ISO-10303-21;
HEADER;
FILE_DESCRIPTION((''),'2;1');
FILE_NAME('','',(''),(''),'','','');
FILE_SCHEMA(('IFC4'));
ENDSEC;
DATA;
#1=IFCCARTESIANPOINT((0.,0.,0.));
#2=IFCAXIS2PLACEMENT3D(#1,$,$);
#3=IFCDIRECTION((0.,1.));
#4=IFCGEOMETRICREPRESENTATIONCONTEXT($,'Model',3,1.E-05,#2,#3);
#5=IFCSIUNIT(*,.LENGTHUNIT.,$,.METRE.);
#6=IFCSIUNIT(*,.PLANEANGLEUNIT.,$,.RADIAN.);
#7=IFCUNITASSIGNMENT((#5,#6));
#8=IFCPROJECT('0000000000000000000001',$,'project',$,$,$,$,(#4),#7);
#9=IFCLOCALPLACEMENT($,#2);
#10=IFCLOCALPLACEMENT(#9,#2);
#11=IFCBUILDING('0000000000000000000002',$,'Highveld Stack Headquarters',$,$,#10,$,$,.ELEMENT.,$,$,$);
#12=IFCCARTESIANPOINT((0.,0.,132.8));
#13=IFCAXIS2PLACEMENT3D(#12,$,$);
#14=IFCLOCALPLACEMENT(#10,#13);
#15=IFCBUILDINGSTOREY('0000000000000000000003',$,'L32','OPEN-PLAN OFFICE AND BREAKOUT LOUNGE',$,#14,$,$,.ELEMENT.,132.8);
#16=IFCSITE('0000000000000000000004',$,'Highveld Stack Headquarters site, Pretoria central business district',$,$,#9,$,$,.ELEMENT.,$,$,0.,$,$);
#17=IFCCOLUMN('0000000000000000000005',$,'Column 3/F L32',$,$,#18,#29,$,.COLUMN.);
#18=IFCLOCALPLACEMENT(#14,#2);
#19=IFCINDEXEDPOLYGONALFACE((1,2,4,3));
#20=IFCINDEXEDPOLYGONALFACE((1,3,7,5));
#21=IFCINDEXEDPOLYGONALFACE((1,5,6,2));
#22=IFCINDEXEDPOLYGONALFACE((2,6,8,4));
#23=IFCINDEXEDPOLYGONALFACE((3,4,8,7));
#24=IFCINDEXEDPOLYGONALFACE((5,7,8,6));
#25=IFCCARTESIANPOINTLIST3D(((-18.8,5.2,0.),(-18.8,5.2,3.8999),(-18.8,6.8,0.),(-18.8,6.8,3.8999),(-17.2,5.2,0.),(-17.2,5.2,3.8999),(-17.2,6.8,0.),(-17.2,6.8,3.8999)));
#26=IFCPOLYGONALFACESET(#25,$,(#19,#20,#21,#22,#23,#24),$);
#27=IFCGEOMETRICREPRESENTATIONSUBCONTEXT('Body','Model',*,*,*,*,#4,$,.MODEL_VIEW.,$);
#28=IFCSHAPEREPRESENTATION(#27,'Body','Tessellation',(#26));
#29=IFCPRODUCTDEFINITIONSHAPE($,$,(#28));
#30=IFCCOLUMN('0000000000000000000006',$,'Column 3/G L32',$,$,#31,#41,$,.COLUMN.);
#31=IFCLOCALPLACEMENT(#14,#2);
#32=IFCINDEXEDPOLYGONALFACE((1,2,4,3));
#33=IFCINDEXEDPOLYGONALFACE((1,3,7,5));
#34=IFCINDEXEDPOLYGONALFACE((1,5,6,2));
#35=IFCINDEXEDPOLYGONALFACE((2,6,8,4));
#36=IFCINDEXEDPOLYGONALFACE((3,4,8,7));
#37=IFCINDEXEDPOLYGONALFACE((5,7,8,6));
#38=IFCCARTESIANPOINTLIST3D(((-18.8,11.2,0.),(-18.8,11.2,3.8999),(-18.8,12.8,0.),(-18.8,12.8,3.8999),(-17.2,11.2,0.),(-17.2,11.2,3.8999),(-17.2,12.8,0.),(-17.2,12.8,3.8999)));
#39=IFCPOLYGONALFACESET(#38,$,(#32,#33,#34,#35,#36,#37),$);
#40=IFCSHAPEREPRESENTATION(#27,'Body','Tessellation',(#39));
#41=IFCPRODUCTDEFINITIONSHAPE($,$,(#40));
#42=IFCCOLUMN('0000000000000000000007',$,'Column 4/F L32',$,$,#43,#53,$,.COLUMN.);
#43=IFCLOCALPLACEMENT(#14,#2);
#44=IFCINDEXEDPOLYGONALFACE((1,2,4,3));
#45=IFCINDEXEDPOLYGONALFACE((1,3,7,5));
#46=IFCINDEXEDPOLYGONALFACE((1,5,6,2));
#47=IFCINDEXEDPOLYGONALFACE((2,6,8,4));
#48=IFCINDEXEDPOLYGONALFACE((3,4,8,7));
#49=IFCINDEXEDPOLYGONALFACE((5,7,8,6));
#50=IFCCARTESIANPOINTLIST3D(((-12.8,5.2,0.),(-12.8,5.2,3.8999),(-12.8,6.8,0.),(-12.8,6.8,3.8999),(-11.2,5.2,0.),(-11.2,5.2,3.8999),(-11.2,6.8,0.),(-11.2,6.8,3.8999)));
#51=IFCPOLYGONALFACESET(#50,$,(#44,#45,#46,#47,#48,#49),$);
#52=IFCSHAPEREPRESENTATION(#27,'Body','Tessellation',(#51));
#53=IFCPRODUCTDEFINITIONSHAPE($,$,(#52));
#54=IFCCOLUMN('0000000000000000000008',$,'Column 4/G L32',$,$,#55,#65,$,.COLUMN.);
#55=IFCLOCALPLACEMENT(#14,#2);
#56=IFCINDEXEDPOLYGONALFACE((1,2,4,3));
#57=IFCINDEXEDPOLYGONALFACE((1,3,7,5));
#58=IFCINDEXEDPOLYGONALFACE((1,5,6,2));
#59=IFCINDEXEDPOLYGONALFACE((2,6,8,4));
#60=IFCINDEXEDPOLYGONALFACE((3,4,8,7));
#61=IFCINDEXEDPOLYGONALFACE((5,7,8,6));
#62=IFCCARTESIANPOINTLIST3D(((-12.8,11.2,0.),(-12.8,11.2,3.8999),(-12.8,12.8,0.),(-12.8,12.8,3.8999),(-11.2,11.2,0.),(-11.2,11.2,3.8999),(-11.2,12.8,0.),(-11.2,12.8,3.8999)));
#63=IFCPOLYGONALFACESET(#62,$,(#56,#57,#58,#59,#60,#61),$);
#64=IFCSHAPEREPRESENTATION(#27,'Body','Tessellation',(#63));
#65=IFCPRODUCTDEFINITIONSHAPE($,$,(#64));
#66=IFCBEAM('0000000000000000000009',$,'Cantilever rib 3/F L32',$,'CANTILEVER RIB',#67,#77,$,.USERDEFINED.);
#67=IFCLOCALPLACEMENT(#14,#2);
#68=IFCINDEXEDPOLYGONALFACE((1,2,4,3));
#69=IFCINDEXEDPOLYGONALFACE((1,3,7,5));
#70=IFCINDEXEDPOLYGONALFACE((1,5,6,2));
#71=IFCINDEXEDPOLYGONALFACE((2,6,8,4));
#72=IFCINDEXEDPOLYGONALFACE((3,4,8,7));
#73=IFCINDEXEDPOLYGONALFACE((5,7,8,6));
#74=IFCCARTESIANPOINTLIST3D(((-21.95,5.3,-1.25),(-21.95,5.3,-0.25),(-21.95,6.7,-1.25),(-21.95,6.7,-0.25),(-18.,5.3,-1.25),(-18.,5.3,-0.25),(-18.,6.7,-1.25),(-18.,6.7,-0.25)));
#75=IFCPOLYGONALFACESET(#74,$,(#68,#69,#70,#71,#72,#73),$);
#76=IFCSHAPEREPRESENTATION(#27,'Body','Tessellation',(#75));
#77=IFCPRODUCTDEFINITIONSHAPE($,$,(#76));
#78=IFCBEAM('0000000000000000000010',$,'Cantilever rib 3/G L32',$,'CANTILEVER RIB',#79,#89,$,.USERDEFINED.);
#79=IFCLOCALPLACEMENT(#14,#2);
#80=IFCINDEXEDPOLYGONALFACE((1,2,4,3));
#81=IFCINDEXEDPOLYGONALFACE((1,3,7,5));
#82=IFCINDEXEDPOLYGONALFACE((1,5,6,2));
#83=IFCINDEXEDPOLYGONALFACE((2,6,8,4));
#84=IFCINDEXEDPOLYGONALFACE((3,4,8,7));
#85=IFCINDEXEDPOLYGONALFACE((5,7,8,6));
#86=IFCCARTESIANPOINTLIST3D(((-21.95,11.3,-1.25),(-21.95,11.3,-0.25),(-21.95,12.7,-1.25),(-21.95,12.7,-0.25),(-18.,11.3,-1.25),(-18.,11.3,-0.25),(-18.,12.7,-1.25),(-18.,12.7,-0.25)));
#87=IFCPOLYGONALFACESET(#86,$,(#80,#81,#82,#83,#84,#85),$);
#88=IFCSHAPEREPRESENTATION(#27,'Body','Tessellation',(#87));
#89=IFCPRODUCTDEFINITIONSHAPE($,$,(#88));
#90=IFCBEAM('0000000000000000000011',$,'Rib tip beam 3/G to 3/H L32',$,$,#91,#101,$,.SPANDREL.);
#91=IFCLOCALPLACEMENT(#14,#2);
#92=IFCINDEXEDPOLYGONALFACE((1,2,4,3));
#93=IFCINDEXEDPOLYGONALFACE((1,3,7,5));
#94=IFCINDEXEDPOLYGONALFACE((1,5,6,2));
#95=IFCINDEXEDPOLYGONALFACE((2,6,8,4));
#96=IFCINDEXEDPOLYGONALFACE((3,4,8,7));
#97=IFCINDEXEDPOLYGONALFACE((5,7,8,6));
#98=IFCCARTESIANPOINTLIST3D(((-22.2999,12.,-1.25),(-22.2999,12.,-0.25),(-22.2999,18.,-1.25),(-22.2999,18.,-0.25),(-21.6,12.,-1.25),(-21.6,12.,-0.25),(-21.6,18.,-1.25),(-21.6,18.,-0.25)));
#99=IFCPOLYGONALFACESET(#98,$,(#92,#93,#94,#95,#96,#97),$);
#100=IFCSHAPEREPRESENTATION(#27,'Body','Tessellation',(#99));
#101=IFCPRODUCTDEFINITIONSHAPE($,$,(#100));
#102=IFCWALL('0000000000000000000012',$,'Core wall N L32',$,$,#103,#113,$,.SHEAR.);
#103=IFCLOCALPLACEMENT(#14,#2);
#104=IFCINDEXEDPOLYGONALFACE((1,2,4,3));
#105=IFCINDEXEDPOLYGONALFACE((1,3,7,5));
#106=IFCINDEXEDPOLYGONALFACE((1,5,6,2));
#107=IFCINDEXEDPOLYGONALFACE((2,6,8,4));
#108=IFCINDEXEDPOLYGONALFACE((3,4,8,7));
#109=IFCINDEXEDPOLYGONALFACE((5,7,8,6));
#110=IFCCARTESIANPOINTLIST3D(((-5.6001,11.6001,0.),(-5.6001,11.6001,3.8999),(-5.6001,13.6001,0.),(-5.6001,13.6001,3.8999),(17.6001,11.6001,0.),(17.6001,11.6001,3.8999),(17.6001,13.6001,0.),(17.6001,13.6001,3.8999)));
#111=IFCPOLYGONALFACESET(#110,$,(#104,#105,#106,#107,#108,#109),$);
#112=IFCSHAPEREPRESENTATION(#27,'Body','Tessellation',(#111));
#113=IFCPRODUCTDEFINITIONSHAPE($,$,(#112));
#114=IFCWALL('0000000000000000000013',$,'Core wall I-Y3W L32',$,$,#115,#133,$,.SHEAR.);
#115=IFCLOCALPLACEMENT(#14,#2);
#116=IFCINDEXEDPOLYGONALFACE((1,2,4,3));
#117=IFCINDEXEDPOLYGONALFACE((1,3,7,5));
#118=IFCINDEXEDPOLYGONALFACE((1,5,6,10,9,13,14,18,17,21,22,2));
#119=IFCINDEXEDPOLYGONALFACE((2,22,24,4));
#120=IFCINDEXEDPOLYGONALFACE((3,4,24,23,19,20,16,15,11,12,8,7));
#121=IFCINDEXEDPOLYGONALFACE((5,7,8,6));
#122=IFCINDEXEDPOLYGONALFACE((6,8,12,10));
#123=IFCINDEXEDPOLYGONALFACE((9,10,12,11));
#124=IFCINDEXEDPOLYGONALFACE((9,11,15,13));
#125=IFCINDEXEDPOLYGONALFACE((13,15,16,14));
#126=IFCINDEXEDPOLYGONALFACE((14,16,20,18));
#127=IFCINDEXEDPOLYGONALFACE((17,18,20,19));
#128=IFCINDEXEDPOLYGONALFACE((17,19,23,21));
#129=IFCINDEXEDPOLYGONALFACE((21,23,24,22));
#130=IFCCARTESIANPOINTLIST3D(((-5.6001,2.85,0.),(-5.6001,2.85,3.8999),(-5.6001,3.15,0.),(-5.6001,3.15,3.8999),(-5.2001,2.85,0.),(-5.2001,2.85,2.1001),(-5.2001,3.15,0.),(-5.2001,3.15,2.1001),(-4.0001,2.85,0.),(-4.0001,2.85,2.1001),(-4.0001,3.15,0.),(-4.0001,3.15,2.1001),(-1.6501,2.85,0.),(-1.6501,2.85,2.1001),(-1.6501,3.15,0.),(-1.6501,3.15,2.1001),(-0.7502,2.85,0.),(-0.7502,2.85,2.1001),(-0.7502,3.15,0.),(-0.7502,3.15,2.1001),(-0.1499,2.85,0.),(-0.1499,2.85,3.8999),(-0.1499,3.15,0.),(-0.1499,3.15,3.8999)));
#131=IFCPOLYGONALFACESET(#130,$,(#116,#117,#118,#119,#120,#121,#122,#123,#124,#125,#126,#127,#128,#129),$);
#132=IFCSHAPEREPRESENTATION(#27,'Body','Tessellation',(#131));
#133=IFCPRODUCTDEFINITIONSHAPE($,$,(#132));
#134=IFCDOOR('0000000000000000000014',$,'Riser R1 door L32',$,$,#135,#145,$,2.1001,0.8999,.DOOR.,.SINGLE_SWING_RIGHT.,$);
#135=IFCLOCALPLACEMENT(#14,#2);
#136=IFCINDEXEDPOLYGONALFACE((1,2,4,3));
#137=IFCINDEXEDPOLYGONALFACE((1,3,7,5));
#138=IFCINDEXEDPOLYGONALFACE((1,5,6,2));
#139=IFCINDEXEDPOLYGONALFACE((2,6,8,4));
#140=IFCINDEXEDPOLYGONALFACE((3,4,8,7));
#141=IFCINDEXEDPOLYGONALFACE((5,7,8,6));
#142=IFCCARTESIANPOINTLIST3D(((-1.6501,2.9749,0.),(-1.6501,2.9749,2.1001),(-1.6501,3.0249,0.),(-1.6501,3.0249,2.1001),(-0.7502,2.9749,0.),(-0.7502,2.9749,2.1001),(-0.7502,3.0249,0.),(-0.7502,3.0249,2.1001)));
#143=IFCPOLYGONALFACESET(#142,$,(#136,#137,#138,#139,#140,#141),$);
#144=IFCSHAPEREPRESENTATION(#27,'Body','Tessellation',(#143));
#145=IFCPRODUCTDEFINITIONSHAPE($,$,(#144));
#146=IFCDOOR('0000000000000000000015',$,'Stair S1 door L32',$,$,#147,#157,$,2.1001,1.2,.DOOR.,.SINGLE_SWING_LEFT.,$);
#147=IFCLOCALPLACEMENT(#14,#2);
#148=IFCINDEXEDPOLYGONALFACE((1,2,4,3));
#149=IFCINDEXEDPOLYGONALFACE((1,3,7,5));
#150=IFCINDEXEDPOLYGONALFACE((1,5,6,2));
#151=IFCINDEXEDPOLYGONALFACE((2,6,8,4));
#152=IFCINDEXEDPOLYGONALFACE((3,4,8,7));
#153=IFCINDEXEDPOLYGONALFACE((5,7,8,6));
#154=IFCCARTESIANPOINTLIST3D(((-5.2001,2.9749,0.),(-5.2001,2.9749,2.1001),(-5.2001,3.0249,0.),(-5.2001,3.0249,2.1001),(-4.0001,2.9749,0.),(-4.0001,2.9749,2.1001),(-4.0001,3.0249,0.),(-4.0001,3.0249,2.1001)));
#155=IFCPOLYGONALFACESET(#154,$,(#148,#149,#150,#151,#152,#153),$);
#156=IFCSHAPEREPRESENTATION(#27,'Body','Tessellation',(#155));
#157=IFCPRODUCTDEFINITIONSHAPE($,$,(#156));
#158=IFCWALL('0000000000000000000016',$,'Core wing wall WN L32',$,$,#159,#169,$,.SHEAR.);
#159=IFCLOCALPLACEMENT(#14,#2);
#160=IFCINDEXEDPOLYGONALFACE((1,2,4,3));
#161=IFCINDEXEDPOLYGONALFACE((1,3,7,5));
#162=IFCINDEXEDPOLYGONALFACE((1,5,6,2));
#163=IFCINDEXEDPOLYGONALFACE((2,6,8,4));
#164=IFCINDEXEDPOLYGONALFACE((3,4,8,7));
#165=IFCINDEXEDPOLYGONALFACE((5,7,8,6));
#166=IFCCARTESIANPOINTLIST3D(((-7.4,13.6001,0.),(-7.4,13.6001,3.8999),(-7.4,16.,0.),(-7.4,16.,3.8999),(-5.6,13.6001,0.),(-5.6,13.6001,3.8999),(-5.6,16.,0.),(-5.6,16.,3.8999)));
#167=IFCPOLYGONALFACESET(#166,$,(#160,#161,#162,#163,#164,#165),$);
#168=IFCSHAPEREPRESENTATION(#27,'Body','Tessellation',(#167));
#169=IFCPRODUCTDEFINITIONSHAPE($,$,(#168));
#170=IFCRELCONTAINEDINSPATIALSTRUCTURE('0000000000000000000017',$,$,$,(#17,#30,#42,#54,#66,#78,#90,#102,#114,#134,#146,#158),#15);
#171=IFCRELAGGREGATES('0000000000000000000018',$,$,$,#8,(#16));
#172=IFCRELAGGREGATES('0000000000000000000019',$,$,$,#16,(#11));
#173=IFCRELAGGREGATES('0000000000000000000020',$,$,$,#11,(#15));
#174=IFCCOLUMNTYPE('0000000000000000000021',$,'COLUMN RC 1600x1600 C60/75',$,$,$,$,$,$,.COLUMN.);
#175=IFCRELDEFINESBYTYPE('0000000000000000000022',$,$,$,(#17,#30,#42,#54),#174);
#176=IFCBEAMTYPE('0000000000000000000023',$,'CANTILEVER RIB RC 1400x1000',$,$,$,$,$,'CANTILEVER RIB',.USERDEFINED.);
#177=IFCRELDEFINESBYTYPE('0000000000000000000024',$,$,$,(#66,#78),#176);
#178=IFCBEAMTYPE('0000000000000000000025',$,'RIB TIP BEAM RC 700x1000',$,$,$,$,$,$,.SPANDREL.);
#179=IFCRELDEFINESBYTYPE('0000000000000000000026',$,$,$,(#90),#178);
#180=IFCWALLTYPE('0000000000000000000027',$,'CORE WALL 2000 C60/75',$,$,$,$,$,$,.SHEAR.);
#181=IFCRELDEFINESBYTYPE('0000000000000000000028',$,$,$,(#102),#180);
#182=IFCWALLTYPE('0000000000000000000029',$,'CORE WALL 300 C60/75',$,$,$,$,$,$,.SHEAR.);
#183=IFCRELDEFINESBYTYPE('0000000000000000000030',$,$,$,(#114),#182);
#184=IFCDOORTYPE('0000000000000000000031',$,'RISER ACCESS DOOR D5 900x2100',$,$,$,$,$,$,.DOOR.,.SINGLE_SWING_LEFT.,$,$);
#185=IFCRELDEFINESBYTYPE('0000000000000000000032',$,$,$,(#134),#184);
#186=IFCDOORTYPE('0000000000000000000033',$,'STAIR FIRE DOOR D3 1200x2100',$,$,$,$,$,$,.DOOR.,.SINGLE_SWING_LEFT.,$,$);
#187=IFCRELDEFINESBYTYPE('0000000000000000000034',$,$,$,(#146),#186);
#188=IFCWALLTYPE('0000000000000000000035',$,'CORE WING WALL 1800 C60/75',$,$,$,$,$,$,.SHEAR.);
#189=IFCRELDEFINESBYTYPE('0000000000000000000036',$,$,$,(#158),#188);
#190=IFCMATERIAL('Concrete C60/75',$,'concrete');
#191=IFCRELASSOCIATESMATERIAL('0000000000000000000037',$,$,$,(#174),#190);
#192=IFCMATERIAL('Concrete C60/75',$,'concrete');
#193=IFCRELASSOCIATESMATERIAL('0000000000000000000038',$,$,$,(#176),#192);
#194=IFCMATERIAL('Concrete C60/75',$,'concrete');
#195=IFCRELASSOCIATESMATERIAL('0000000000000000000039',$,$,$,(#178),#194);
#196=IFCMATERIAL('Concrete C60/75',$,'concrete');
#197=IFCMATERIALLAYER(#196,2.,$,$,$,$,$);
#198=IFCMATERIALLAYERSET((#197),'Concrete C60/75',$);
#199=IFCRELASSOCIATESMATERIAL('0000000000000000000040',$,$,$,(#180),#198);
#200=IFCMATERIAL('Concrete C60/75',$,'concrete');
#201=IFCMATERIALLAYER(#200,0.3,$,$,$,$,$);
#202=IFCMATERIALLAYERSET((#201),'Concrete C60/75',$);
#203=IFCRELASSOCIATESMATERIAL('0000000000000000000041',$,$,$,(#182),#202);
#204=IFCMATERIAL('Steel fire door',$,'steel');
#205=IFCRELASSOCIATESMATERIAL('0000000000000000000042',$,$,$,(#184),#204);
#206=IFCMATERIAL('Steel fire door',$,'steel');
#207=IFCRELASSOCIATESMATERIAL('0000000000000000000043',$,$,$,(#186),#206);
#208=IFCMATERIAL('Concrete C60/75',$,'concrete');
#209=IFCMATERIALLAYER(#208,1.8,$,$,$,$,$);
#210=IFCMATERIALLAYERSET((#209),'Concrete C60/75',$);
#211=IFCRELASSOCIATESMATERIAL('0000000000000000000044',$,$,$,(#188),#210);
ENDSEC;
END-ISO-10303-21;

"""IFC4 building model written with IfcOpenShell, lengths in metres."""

from ifc_helpers import new_model, si_unit, direction, frame, frame_2d, origin, origin_2d, place, context, subcontext, project, spatial, rectangle, extrude, material, layer, layer_set, material_profile, profile_set, type_object, element, fill, save


model = new_model("IFC4")

# Units and contexts
model_context = context("Model", 3, precision=1e-05, world=origin(), true_north=direction((0.0, 1.0)))
body_context = subcontext(model_context, "Body", "Model", "MODEL_VIEW")
ifc_project = project(units=[si_unit("LENGTHUNIT", "METRE"), si_unit("PLANEANGLEUNIT", "RADIAN")], contexts=[model_context])

# Site, building, storey
site_placement = place(None, origin())
site = spatial("IfcSite", under=ifc_project, at=site_placement, Name="Highveld Stack Headquarters site, Pretoria central business district", CompositionType="ELEMENT", RefElevation=0.0)
building_placement = place(site_placement, origin())
building = spatial("IfcBuilding", under=site, at=building_placement, Name="Highveld Stack Headquarters", CompositionType="ELEMENT")
storey_placement = place(building_placement, frame((0.0, 0.0, 132.8)))
storey = spatial("IfcBuildingStorey", under=building, at=storey_placement, Name="L32", Description="OPEN-PLAN OFFICE AND BREAKOUT LOUNGE", CompositionType="ELEMENT", Elevation=132.8)

# Columns
ifc_material_1 = material(Name="Concrete C60/75", Category="concrete")
ifc_material_profile_1 = material_profile(ifc_material_1, rectangle(XDim=1.6001, YDim=1.6001, at=origin_2d()), Name="RC 1600x1600")
ifc_profile_set_1 = profile_set([ifc_material_profile_1], Name="Concrete C60/75")
column_type = type_object("IfcColumnType", Name="COLUMN RC 1600x1600 C60/75", PredefinedType="COLUMN", material=ifc_profile_set_1)
for number, where, z_axis, x_axis, name in (
    (1, (-18.0, 6.0, 0.0), (0.0, 0.0, 1.0), (1.0, 0.0, 0.0), "Column 3/F L32"),
    (2, (-18.0, 12.0, 0.0), (0.0, 0.0, 1.0), (1.0, 0.0, 0.0), "Column 3/G L32"),
    (3, (-12.0, 6.0, 0.0), (0.0, 0.0, 1.0), (1.0, 0.0, 0.0), "Column 4/F L32"),
    (4, (-12.0, 12.0, 0.0), (0.0, 0.0, 1.0), (1.0, 0.0, 0.0), "Column 4/G L32"),
):
    element("IfcColumn", number, at=place(storey_placement, frame(where, z_axis=z_axis, x_axis=x_axis)), inside=storey, type_object=column_type, Name=name, PredefinedType="COLUMN", context=body_context, shape_type="SweptSolid", body=[
        extrude(rectangle(XDim=1.6001, YDim=1.6001, at=origin_2d()), origin(), (0.0, 0.0, 1.0), 3.8999),
    ])

# Beams
ifc_material_2 = material(Name="Concrete C60/75", Category="concrete")
ifc_material_profile_2 = material_profile(ifc_material_2, rectangle(XDim=1.3999, YDim=1.0, at=origin_2d()), Name="RC 1400x1000")
ifc_profile_set_2 = profile_set([ifc_material_profile_2], Name="Concrete C60/75")
beam_type_1 = type_object("IfcBeamType", Name="CANTILEVER RIB RC 1400x1000", ElementType="CANTILEVER RIB", PredefinedType="USERDEFINED", material=ifc_profile_set_2)
for number, where, z_axis, x_axis, name in (
    (5, (-18.0, 6.0, -0.75), (-1.0, 0.0, 0.0), (0.0, -1.0, 0.0), "Cantilever rib 3/F L32"),
    (6, (-18.0, 12.0, -0.75), (-1.0, 0.0, 0.0), (0.0, -1.0, 0.0), "Cantilever rib 3/G L32"),
):
    element("IfcBeam", number, at=place(storey_placement, frame(where, z_axis=z_axis, x_axis=x_axis)), inside=storey, type_object=beam_type_1, Name=name, ObjectType="CANTILEVER RIB", PredefinedType="USERDEFINED", context=body_context, shape_type="SweptSolid", body=[
        extrude(rectangle(XDim=1.3999, YDim=1.0, at=origin_2d()), origin(), (0.0, 0.0, 1.0), 3.95),
    ])
ifc_material_3 = material(Name="Concrete C60/75", Category="concrete")
ifc_material_profile_3 = material_profile(ifc_material_3, rectangle(XDim=0.7, YDim=1.0, at=origin_2d()), Name="RC 700x1000")
ifc_profile_set_3 = profile_set([ifc_material_profile_3], Name="Concrete C60/75")
beam_type_2 = type_object("IfcBeamType", Name="RIB TIP BEAM RC 700x1000", PredefinedType="SPANDREL", material=ifc_profile_set_3)
beam_placement = place(storey_placement, frame((-21.95, 12.0, -0.75), z_axis=(0.0, 1.0, 0.0), x_axis=(-1.0, 0.0, 0.0)))
element("IfcBeam", 7, at=beam_placement, inside=storey, type_object=beam_type_2, Name="Rib tip beam 3/G to 3/H L32", PredefinedType="SPANDREL", context=body_context, shape_type="SweptSolid", body=[
    extrude(rectangle(XDim=0.7, YDim=1.0, at=origin_2d()), origin(), (0.0, 0.0, 1.0), 6.0),
])

# Wall
ifc_material_4 = material(Name="Concrete C60/75", Category="concrete")
ifc_layer_1 = layer(ifc_material_4, 2.0)
ifc_layer_set_1 = layer_set([ifc_layer_1], Name="Concrete C60/75")
wall_type_1 = type_object("IfcWallType", Name="CORE WALL 2000 C60/75", PredefinedType="SHEAR", material=ifc_layer_set_1)
wall_1_placement = place(storey_placement, frame((-5.6001, 12.6001, 0.0), z_axis=(0.0, 0.0, 1.0), x_axis=(1.0, 0.0, 0.0)))
element("IfcWall", 8, at=wall_1_placement, inside=storey, type_object=wall_type_1, Name="Core wall N L32", PredefinedType="SHEAR", context=body_context, shape_type="SweptSolid", body=[
    extrude(rectangle(XDim=23.2002, YDim=2.0, at=frame_2d((11.6001, 0.0))), origin(), (0.0, 0.0, 1.0), 3.8999),
])

# Wall, openings, doors
ifc_material_5 = material(Name="Concrete C60/75", Category="concrete")
ifc_layer_2 = layer(ifc_material_5, 0.3)
ifc_layer_set_2 = layer_set([ifc_layer_2], Name="Concrete C60/75")
wall_type_2 = type_object("IfcWallType", Name="CORE WALL 300 C60/75", PredefinedType="SHEAR", material=ifc_layer_set_2)
wall_2_placement = place(storey_placement, frame((-5.6001, 3.0, 0.0), z_axis=(0.0, 0.0, 1.0), x_axis=(1.0, 0.0, 0.0)))
wall_2 = element("IfcWall", 9, at=wall_2_placement, inside=storey, type_object=wall_type_2, Name="Core wall I-Y3W L32", PredefinedType="SHEAR", context=body_context, shape_type="SweptSolid", body=[
    extrude(rectangle(XDim=5.4502, YDim=0.3, at=frame_2d((2.7251, 0.0))), origin(), (0.0, 0.0, 1.0), 3.8999),
])
opening_1_placement = place(wall_2_placement, frame((0.3999, 0.0, 0.0)))
opening_1 = element("IfcOpeningElement", 10, at=opening_1_placement, cuts=wall_2, PredefinedType="OPENING", context=body_context, shape_type="SweptSolid", body=[
    extrude(rectangle(XDim=1.2, YDim=2.1001, at=frame_2d((0.6001, 1.05))), frame((0.0, 0.1599, 0.0), z_axis=(0.0, -1.0, 0.0), x_axis=(1.0, 0.0, 0.0)), (0.0, 0.0, 1.0), 0.3201),
])
opening_2_placement = place(wall_2_placement, frame((3.95, 0.0, 0.0)))
opening_2 = element("IfcOpeningElement", 11, at=opening_2_placement, cuts=wall_2, PredefinedType="OPENING", context=body_context, shape_type="SweptSolid", body=[
    extrude(rectangle(XDim=0.8999, YDim=2.1001, at=frame_2d((0.45, 1.05))), frame((0.0, 0.1599, 0.0), z_axis=(0.0, -1.0, 0.0), x_axis=(1.0, 0.0, 0.0)), (0.0, 0.0, 1.0), 0.3201),
])
ifc_material_6 = material(Name="Steel fire door", Category="steel")
door_type_1 = type_object("IfcDoorType", Name="RISER ACCESS DOOR D5 900x2100", OperationType="SINGLE_SWING_LEFT", PredefinedType="DOOR", material=ifc_material_6)
door_1_placement = place(opening_2_placement, origin())
door_1 = element("IfcDoor", 12, at=door_1_placement, inside=storey, type_object=door_type_1, Name="Riser R1 door L32", OperationType="SINGLE_SWING_RIGHT", OverallHeight=2.1001, OverallWidth=0.8999, PredefinedType="DOOR", context=body_context, shape_type="SweptSolid", body=[
    extrude(rectangle(XDim=0.8999, YDim=2.1001, at=frame_2d((0.45, 1.05))), frame((0.0, 0.0249, 0.0), z_axis=(0.0, -1.0, 0.0), x_axis=(1.0, 0.0, 0.0)), (0.0, 0.0, 1.0), 0.05),
])
fill(opening_2, door_1)
ifc_material_7 = material(Name="Steel fire door", Category="steel")
door_type_2 = type_object("IfcDoorType", Name="STAIR FIRE DOOR D3 1200x2100", OperationType="SINGLE_SWING_LEFT", PredefinedType="DOOR", material=ifc_material_7)
door_2_placement = place(opening_1_placement, origin())
door_2 = element("IfcDoor", 13, at=door_2_placement, inside=storey, type_object=door_type_2, Name="Stair S1 door L32", OperationType="SINGLE_SWING_LEFT", OverallHeight=2.1001, OverallWidth=1.2, PredefinedType="DOOR", context=body_context, shape_type="SweptSolid", body=[
    extrude(rectangle(XDim=1.2, YDim=2.1001, at=frame_2d((0.6001, 1.05))), frame((0.0, 0.0249, 0.0), z_axis=(0.0, -1.0, 0.0), x_axis=(1.0, 0.0, 0.0)), (0.0, 0.0, 1.0), 0.05),
])
fill(opening_1, door_2)

# Wall
ifc_material_8 = material(Name="Concrete C60/75", Category="concrete")
ifc_layer_3 = layer(ifc_material_8, 1.8)
ifc_layer_set_3 = layer_set([ifc_layer_3], Name="Concrete C60/75")
wall_type_3 = type_object("IfcWallType", Name="CORE WING WALL 1800 C60/75", PredefinedType="SHEAR", material=ifc_layer_set_3)
wall_3_placement = place(storey_placement, frame((-6.5, 13.6001, 0.0), z_axis=(0.0, 0.0, 1.0), x_axis=(0.0, 1.0, 0.0)))
element("IfcWall", 14, at=wall_3_placement, inside=storey, type_object=wall_type_3, Name="Core wing wall WN L32", PredefinedType="SHEAR", context=body_context, shape_type="SweptSolid", body=[
    extrude(rectangle(XDim=2.3999, YDim=1.8, at=frame_2d((1.2, 0.0))), origin(), (0.0, 0.0, 1.0), 3.8999),
])

save(model, "model.ifc")
